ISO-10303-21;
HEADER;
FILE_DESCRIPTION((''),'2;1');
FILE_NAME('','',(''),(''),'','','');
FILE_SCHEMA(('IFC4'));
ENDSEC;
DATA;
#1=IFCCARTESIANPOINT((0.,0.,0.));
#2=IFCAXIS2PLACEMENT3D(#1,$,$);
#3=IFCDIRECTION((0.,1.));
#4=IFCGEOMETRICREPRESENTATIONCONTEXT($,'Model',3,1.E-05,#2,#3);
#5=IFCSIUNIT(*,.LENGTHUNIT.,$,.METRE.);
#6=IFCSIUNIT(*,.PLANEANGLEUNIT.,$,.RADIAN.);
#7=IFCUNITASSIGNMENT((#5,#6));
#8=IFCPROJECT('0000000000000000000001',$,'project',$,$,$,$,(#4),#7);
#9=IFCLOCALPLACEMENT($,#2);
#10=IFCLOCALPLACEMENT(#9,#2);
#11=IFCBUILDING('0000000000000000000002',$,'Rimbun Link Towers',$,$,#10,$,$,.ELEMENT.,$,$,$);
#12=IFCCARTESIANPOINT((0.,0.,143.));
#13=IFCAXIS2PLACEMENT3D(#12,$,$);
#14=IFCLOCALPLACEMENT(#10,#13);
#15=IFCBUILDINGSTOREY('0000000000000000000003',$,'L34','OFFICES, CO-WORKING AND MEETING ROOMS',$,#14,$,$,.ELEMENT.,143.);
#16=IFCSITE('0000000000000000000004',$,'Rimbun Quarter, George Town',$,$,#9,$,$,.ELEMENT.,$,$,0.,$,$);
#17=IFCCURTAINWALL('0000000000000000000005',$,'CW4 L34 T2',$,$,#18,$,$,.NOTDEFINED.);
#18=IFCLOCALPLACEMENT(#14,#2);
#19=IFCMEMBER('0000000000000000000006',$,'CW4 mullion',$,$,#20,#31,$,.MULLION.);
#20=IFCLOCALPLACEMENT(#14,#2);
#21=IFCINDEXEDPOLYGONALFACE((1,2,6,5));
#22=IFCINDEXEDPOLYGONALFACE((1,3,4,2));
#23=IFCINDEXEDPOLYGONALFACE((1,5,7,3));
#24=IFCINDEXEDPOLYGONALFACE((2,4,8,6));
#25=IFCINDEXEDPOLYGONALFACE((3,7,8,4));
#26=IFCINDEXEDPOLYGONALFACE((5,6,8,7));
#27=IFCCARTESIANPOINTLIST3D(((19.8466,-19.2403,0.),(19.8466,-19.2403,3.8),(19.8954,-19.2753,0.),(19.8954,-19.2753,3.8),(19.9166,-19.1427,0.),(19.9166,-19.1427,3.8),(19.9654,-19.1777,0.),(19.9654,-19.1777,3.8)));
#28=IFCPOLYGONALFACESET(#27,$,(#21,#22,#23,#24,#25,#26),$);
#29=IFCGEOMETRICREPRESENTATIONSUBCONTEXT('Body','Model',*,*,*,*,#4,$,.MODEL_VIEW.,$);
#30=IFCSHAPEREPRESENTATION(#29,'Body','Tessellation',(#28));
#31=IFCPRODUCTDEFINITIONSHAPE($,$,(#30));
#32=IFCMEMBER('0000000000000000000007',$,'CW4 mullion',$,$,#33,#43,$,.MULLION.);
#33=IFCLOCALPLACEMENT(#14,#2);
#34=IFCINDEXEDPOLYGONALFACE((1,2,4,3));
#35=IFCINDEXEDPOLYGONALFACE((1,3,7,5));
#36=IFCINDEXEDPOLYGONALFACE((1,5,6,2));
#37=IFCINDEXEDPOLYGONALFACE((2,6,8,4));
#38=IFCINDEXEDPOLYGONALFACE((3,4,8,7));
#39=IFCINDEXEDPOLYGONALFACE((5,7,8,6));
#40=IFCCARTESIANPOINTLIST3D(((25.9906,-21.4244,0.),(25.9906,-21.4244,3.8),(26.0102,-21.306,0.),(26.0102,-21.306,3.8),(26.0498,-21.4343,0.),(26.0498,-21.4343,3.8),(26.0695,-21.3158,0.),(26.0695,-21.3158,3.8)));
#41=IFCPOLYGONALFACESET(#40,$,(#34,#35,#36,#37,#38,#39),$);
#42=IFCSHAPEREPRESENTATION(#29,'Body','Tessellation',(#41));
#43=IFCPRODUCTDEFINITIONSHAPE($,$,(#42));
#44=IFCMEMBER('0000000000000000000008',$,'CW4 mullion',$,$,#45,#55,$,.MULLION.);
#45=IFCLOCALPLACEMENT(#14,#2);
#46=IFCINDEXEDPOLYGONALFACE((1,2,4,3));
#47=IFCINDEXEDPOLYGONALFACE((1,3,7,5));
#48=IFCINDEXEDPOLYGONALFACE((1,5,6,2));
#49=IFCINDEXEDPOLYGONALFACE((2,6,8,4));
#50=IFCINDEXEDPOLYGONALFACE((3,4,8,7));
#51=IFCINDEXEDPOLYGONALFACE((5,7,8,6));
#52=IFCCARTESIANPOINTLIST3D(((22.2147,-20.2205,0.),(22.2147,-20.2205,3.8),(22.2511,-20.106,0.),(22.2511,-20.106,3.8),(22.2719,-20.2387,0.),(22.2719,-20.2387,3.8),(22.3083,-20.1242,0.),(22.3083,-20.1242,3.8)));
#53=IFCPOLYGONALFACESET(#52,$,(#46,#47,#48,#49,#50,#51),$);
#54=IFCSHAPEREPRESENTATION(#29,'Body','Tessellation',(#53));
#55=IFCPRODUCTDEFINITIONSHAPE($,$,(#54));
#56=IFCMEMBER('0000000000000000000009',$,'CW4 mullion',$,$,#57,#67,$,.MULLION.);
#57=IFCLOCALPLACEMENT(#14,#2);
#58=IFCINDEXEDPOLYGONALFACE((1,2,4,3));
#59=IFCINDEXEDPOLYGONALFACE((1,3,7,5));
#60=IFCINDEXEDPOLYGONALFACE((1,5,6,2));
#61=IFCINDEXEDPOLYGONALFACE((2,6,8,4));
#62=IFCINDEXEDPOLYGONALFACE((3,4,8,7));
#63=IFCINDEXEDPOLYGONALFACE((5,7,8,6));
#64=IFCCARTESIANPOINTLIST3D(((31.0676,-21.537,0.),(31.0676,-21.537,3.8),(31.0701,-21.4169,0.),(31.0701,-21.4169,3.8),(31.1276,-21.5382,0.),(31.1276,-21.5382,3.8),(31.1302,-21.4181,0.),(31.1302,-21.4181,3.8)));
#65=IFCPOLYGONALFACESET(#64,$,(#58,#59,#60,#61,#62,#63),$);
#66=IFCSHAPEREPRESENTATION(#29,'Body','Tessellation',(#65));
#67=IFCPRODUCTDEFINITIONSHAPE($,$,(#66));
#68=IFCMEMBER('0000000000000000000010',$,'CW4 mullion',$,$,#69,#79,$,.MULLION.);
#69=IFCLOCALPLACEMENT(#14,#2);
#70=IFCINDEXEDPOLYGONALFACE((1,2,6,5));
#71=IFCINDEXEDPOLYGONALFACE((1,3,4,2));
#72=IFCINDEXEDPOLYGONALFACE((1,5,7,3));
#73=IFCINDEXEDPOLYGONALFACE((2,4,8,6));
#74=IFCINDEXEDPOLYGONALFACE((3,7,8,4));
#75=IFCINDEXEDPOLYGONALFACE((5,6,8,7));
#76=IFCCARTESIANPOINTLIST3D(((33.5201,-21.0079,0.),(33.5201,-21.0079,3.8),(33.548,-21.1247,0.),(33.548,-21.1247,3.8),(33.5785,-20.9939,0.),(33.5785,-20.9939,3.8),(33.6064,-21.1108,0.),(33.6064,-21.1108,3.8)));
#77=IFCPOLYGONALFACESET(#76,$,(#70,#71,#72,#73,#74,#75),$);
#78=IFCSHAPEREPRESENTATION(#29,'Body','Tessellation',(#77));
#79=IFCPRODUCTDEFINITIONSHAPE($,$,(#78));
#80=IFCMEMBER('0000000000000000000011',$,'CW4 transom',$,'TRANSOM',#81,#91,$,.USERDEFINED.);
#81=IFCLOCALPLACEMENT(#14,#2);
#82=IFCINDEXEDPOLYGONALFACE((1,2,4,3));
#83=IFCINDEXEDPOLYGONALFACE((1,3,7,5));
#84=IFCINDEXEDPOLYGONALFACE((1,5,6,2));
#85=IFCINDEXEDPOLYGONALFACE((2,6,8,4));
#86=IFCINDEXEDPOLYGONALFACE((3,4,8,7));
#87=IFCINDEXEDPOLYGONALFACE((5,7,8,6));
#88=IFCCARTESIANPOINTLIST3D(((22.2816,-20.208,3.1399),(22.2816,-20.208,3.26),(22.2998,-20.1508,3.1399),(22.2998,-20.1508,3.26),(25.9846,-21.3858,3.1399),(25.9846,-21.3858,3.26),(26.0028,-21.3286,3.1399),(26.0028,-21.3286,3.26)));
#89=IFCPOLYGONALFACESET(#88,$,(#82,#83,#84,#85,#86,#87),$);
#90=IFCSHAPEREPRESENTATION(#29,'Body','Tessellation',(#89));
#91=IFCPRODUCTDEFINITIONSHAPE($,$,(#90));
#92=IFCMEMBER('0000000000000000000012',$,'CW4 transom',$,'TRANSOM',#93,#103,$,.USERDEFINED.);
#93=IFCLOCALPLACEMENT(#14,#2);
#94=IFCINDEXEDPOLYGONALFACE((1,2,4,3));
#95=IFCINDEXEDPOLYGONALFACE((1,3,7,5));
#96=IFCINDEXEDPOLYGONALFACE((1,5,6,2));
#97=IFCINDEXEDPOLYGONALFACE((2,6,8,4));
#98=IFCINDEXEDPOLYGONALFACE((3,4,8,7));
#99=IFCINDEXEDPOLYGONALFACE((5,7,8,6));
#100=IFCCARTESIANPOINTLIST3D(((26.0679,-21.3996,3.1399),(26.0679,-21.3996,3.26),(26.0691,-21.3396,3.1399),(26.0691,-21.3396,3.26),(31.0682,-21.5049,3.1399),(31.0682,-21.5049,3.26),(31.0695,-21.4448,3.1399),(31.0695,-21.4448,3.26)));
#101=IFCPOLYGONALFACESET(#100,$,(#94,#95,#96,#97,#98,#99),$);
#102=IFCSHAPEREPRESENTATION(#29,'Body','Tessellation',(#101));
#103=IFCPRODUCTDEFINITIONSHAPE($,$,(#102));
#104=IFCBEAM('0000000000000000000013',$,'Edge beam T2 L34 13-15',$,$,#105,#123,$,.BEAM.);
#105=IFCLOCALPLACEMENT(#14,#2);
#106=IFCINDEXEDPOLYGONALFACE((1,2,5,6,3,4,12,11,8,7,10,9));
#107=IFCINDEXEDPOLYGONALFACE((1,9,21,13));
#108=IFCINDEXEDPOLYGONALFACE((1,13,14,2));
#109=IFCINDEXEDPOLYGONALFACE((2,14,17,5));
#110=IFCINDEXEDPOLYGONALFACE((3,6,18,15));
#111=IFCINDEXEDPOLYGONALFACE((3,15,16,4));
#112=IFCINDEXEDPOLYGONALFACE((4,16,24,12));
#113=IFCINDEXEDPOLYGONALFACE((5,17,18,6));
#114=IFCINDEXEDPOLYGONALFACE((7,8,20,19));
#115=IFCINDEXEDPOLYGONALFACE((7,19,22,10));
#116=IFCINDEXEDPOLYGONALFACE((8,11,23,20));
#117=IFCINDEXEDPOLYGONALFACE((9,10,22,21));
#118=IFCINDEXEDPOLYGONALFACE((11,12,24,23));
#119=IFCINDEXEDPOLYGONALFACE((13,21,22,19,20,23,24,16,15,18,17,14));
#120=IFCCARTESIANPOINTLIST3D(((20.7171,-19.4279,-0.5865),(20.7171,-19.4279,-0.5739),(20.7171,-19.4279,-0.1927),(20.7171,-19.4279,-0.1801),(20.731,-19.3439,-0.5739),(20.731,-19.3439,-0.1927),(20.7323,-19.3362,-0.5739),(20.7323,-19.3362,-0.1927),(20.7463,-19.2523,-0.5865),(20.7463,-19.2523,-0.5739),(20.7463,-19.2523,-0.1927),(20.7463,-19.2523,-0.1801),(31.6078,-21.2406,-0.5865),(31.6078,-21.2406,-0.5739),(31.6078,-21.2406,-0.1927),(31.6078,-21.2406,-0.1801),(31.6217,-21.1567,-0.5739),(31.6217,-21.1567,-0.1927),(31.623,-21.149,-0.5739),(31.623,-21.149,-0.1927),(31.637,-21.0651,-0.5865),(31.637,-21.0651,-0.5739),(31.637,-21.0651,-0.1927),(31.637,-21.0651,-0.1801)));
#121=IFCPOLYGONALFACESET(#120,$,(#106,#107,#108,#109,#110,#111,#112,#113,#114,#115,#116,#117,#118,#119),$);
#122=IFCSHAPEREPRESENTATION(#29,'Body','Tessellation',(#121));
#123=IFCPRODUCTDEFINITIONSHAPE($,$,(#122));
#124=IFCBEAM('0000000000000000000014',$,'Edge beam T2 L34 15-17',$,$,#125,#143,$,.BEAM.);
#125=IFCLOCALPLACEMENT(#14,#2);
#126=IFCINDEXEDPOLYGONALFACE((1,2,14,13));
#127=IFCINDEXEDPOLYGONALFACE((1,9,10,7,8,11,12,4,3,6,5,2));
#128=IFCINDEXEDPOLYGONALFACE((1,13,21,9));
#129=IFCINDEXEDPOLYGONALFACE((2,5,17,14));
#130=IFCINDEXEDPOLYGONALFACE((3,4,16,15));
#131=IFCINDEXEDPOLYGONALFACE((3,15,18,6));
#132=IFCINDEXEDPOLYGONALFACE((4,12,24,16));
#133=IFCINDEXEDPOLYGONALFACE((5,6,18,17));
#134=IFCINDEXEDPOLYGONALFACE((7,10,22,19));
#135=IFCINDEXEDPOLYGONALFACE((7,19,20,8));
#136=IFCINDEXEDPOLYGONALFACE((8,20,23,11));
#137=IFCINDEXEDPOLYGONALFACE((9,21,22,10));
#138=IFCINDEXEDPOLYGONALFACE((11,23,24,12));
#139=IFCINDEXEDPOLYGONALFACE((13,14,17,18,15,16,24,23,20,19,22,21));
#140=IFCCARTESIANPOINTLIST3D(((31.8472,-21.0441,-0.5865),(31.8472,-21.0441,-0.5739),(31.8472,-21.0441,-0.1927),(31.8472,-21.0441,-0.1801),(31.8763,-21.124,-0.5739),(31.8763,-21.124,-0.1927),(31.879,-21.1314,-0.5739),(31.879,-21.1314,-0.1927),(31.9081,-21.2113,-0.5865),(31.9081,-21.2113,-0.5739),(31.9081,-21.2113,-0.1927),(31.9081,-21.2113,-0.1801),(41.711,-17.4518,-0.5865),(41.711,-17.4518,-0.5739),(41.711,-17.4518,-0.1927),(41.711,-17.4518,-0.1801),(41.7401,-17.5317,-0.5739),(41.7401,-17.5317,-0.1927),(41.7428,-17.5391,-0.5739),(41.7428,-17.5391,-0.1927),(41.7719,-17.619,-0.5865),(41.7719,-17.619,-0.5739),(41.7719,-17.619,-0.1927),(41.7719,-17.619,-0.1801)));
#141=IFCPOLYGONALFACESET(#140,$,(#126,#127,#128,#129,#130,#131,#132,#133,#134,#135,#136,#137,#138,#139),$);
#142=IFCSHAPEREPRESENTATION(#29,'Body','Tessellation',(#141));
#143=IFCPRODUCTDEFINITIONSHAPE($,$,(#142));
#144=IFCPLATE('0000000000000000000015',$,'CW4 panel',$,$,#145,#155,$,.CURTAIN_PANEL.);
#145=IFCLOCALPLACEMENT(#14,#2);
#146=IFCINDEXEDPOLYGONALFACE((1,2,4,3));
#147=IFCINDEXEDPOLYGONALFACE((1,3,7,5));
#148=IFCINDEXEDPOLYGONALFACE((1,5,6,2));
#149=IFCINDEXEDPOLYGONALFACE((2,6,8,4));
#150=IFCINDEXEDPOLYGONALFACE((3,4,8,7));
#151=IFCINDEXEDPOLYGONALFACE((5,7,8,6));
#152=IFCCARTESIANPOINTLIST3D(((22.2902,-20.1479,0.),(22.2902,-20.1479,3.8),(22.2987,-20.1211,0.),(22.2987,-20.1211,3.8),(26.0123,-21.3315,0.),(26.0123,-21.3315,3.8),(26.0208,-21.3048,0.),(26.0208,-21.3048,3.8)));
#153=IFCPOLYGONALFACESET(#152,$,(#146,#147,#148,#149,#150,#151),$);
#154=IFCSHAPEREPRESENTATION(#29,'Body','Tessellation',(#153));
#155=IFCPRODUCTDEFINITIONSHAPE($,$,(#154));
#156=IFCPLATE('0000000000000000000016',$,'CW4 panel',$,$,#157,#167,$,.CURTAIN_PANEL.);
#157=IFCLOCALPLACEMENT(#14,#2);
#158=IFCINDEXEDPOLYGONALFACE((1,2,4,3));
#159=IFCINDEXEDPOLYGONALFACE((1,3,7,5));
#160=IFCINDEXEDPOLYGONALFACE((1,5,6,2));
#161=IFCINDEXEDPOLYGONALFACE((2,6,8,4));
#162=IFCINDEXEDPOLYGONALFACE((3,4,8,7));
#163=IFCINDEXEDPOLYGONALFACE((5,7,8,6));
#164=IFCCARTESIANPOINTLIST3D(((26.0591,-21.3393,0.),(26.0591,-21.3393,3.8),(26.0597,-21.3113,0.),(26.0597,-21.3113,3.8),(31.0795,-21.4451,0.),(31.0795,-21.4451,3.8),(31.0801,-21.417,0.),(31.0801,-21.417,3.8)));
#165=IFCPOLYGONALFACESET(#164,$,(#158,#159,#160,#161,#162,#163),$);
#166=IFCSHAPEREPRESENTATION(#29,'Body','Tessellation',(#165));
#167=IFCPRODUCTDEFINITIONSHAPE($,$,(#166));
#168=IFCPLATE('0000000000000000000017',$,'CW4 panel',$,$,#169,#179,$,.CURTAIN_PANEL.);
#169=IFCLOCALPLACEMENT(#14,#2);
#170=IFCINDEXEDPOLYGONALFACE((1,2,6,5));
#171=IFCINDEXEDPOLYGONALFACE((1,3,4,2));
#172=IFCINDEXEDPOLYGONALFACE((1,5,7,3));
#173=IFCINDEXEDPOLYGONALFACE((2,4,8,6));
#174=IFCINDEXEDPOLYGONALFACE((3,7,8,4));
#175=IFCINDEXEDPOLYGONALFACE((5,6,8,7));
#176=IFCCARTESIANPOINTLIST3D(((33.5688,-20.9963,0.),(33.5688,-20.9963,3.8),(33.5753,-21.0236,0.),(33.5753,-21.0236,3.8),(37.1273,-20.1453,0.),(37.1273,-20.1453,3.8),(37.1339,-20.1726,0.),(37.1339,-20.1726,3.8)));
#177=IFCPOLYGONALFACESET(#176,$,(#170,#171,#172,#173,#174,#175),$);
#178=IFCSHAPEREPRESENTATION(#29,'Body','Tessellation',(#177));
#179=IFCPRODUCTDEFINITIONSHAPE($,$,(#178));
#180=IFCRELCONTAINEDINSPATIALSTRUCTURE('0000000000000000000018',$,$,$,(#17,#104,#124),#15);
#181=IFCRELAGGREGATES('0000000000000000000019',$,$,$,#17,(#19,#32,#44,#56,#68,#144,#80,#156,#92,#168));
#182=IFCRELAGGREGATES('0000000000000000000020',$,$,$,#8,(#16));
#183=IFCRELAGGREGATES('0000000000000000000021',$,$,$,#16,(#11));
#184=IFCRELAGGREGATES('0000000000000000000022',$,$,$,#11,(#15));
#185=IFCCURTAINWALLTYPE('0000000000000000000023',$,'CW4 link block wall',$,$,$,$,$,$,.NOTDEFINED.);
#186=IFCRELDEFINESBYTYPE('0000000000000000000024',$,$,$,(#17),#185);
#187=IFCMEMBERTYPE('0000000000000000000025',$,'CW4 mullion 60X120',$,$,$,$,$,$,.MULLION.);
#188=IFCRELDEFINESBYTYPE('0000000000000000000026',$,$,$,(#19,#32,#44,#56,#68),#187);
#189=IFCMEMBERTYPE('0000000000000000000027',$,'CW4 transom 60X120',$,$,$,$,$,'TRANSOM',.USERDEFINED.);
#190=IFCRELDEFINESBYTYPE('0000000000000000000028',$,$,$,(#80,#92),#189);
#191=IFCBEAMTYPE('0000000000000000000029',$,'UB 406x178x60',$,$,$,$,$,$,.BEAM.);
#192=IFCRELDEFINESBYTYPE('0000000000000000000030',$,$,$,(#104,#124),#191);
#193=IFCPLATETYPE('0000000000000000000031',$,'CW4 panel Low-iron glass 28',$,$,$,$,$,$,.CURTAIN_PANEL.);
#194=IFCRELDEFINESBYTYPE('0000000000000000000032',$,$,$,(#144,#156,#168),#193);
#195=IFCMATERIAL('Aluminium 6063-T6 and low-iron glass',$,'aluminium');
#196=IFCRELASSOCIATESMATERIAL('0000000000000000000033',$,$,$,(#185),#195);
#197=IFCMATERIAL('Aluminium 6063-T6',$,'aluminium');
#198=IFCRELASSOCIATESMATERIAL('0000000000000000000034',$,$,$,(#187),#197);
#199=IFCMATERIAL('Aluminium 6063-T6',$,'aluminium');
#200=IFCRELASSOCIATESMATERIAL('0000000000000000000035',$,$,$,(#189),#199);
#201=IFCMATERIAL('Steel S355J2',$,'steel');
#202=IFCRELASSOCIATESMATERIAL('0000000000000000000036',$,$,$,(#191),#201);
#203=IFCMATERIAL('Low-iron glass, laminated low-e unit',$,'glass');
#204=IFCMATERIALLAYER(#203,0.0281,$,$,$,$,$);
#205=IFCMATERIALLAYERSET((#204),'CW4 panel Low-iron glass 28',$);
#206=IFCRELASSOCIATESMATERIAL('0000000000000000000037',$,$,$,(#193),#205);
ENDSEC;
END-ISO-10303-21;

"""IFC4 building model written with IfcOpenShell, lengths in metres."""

from ifc_helpers import new_model, si_unit, direction, frame, origin, origin_2d, place, context, subcontext, project, spatial, rectangle, i_section, extrude, material, layer, layer_set, material_profile, profile_set, type_object, element, aggregate, save


model = new_model("IFC4")

# Units and contexts
model_context = context("Model", 3, precision=1e-05, world=origin(), true_north=direction((0.0, 1.0)))
body_context = subcontext(model_context, "Body", "Model", "MODEL_VIEW")
ifc_project = project(units=[si_unit("LENGTHUNIT", "METRE"), si_unit("PLANEANGLEUNIT", "RADIAN")], contexts=[model_context])

# Site, building, storey
site_placement = place(None, origin())
site = spatial("IfcSite", under=ifc_project, at=site_placement, Name="Rimbun Quarter, George Town", CompositionType="ELEMENT", RefElevation=0.0)
building_placement = place(site_placement, origin())
building = spatial("IfcBuilding", under=site, at=building_placement, Name="Rimbun Link Towers", CompositionType="ELEMENT")
storey_placement = place(building_placement, frame((0.0, 0.0, 143.0)))
storey = spatial("IfcBuildingStorey", under=building, at=storey_placement, Name="L34", Description="OFFICES, CO-WORKING AND MEETING ROOMS", CompositionType="ELEMENT", Elevation=143.0)

# Curtain wall, members
ifc_material_1 = material(Name="Aluminium 6063-T6 and low-iron glass", Category="aluminium")
curtain_wall_type = type_object("IfcCurtainWallType", Name="CW4 link block wall", PredefinedType="NOTDEFINED", material=ifc_material_1)
curtain_wall_placement = place(storey_placement, origin())
curtain_wall = element("IfcCurtainWall", 1, at=curtain_wall_placement, inside=storey, type_object=curtain_wall_type, Name="CW4 L34 T2", PredefinedType="NOTDEFINED")
ifc_material_2 = material(Name="Aluminium 6063-T6", Category="aluminium")
ifc_material_profile_1 = material_profile(ifc_material_2, rectangle(XDim=0.1201, YDim=0.0601, at=origin_2d()), Name="MULLION 60X120")
ifc_profile_set_1 = profile_set([ifc_material_profile_1], Name="Aluminium 6063-T6")
member_type_1 = type_object("IfcMemberType", Name="CW4 mullion 60X120", PredefinedType="MULLION", material=ifc_profile_set_1)
member_1_placement = place(storey_placement, frame((19.906, -19.209, 0.0), z_axis=(0.0, 0.0, 1.0), x_axis=(-0.583009, -0.812465, 0.0)))
member_1 = element("IfcMember", 2, at=member_1_placement, type_object=member_type_1, Name="CW4 mullion", PredefinedType="MULLION", context=body_context, shape_type="SweptSolid", body=[
    extrude(rectangle(XDim=0.1201, YDim=0.0601, at=origin_2d()), origin(), (0.0, 0.0, 1.0), 3.8),
])
member_2_placement = place(storey_placement, frame((26.03, -21.3701, 0.0), z_axis=(0.0, 0.0, 1.0), x_axis=(-0.163742, -0.986503, 0.0)))
member_2 = element("IfcMember", 3, at=member_2_placement, type_object=member_type_1, Name="CW4 mullion", PredefinedType="MULLION", context=body_context, shape_type="SweptSolid", body=[
    extrude(rectangle(XDim=0.1201, YDim=0.0601, at=origin_2d()), origin(), (0.0, 0.0, 1.0), 3.8),
])
member_3_placement = place(storey_placement, frame((22.2615, -20.1724, 0.0), z_axis=(0.0, 0.0, 1.0), x_axis=(-0.30306, -0.952972, 0.0)))
member_3 = element("IfcMember", 4, at=member_3_placement, type_object=member_type_1, Name="CW4 mullion", PredefinedType="MULLION", context=body_context, shape_type="SweptSolid", body=[
    extrude(rectangle(XDim=0.1201, YDim=0.0601, at=origin_2d()), origin(), (0.0, 0.0, 1.0), 3.8),
])
member_4_placement = place(storey_placement, frame((31.0989, -21.4775, 0.0), z_axis=(0.0, 0.0, 1.0), x_axis=(-0.021063, -0.999778, 0.0)))
member_4 = element("IfcMember", 5, at=member_4_placement, type_object=member_type_1, Name="CW4 mullion", PredefinedType="MULLION", context=body_context, shape_type="SweptSolid", body=[
    extrude(rectangle(XDim=0.1201, YDim=0.0601, at=origin_2d()), origin(), (0.0, 0.0, 1.0), 3.8),
])
member_5_placement = place(storey_placement, frame((33.5632, -21.0593, 0.0), z_axis=(0.0, 0.0, 1.0), x_axis=(0.232588, -0.972575, 0.0)))
member_5 = element("IfcMember", 6, at=member_5_placement, type_object=member_type_1, Name="CW4 mullion", PredefinedType="MULLION", context=body_context, shape_type="SweptSolid", body=[
    extrude(rectangle(XDim=0.1201, YDim=0.0601, at=origin_2d()), origin(), (0.0, 0.0, 1.0), 3.8),
])
ifc_material_3 = material(Name="Aluminium 6063-T6", Category="aluminium")
ifc_material_profile_2 = material_profile(ifc_material_3, rectangle(XDim=0.0601, YDim=0.1201, at=origin_2d()), Name="TRANSOM 60X120")
ifc_profile_set_2 = profile_set([ifc_material_profile_2], Name="Aluminium 6063-T6")
member_type_2 = type_object("IfcMemberType", Name="CW4 transom 60X120", ElementType="TRANSOM", PredefinedType="USERDEFINED", material=ifc_profile_set_2)
member_6_placement = place(storey_placement, frame((25.9937, -21.3572, 3.2), z_axis=(-0.95296, 0.303097, 0.0), x_axis=(-0.303097, -0.95296, 0.0)))
member_6 = element("IfcMember", 7, at=member_6_placement, type_object=member_type_2, Name="CW4 transom", ObjectType="TRANSOM", PredefinedType="USERDEFINED", context=body_context, shape_type="SweptSolid", body=[
    extrude(rectangle(XDim=0.0601, YDim=0.1201, at=origin_2d()), origin(), (0.0, 0.0, 1.0), 3.8857),
])
member_7_placement = place(storey_placement, frame((31.0688, -21.4749, 3.2), z_axis=(-0.999779, 0.021039, 0.0), x_axis=(-0.021039, -0.999779, 0.0)))
member_7 = element("IfcMember", 8, at=member_7_placement, type_object=member_type_2, Name="CW4 transom", ObjectType="TRANSOM", PredefinedType="USERDEFINED", context=body_context, shape_type="SweptSolid", body=[
    extrude(rectangle(XDim=0.0601, YDim=0.1201, at=origin_2d()), origin(), (0.0, 0.0, 1.0), 5.0015),
])

# Beams
ifc_material_4 = material(Name="Steel S355J2", Category="steel")
ifc_material_profile_3 = material_profile(ifc_material_4, i_section(OverallWidth=0.178, OverallDepth=0.4065, WebThickness=0.0078, FlangeThickness=0.0127, at=origin_2d()), Name="UB 406x178x60")
ifc_profile_set_3 = profile_set([ifc_material_profile_3], Name="Steel S355J2")
beam_type = type_object("IfcBeamType", Name="UB 406x178x60", PredefinedType="BEAM", material=ifc_profile_set_3)
beam_1_placement = place(storey_placement, frame((20.7317, -19.3401, -0.3833), z_axis=(0.986429, -0.164191, 0.0), x_axis=(0.164191, 0.986429, 0.0)))
element("IfcBeam", 9, at=beam_1_placement, inside=storey, type_object=beam_type, Name="Edge beam T2 L34 13-15", PredefinedType="BEAM", context=body_context, shape_type="SweptSolid", body=[
    extrude(i_section(OverallWidth=0.178, OverallDepth=0.4065, WebThickness=0.0078, FlangeThickness=0.0127, at=origin_2d()), origin(), (0.0, 0.0, 1.0), 11.0405),
])
beam_2_placement = place(storey_placement, frame((31.8777, -21.1277, -0.3833), z_axis=(0.939626, 0.342202, 0.0), x_axis=(-0.342202, 0.939626, 0.0)))
element("IfcBeam", 10, at=beam_2_placement, inside=storey, type_object=beam_type, Name="Edge beam T2 L34 15-17", PredefinedType="BEAM", context=body_context, shape_type="SweptSolid", body=[
    extrude(i_section(OverallWidth=0.178, OverallDepth=0.4065, WebThickness=0.0078, FlangeThickness=0.0127, at=origin_2d()), origin(), (0.0, 0.0, 1.0), 10.4976),
])

# Plates
ifc_material_5 = material(Name="Low-iron glass, laminated low-e unit", Category="glass")
ifc_layer_1 = layer(ifc_material_5, 0.0281)
ifc_layer_set_1 = layer_set([ifc_layer_1], Name="CW4 panel Low-iron glass 28")
plate_type = type_object("IfcPlateType", Name="CW4 panel Low-iron glass 28", PredefinedType="CURTAIN_PANEL", material=ifc_layer_set_1)
plate_1_placement = place(storey_placement, frame((24.1555, -20.7263, 0.0), z_axis=(0.0, 0.0, 1.0), x_axis=(-0.952972, 0.30306, 0.0)))
plate_1 = element("IfcPlate", 11, at=plate_1_placement, type_object=plate_type, Name="CW4 panel", PredefinedType="CURTAIN_PANEL", context=body_context, shape_type="SweptSolid", body=[
    extrude(rectangle(XDim=3.9058, YDim=0.0281, at=origin_2d()), origin(), (0.0, 0.0, 1.0), 3.8),
])
plate_2_placement = place(storey_placement, frame((28.5696, -21.3782, 0.0), z_axis=(0.0, 0.0, 1.0), x_axis=(-0.999778, 0.021063, 0.0)))
plate_2 = element("IfcPlate", 12, at=plate_2_placement, type_object=plate_type, Name="CW4 panel", PredefinedType="CURTAIN_PANEL", context=body_context, shape_type="SweptSolid", body=[
    extrude(rectangle(XDim=5.0215, YDim=0.0281, at=origin_2d()), origin(), (0.0, 0.0, 1.0), 3.8),
])
plate_3_placement = place(storey_placement, frame((35.3513, -20.5845, 0.0), z_axis=(0.0, 0.0, 1.0), x_axis=(-0.972575, -0.232588, 0.0)))
plate_3 = element("IfcPlate", 13, at=plate_3_placement, type_object=plate_type, Name="CW4 panel", PredefinedType="CURTAIN_PANEL", context=body_context, shape_type="SweptSolid", body=[
    extrude(rectangle(XDim=3.6589, YDim=0.0281, at=origin_2d()), origin(), (0.0, 0.0, 1.0), 3.8),
])
aggregate(curtain_wall, [member_1, member_2, member_3, member_4, member_5, plate_1, member_6, plate_2, member_7, plate_3])

save(model, "model.ifc")
